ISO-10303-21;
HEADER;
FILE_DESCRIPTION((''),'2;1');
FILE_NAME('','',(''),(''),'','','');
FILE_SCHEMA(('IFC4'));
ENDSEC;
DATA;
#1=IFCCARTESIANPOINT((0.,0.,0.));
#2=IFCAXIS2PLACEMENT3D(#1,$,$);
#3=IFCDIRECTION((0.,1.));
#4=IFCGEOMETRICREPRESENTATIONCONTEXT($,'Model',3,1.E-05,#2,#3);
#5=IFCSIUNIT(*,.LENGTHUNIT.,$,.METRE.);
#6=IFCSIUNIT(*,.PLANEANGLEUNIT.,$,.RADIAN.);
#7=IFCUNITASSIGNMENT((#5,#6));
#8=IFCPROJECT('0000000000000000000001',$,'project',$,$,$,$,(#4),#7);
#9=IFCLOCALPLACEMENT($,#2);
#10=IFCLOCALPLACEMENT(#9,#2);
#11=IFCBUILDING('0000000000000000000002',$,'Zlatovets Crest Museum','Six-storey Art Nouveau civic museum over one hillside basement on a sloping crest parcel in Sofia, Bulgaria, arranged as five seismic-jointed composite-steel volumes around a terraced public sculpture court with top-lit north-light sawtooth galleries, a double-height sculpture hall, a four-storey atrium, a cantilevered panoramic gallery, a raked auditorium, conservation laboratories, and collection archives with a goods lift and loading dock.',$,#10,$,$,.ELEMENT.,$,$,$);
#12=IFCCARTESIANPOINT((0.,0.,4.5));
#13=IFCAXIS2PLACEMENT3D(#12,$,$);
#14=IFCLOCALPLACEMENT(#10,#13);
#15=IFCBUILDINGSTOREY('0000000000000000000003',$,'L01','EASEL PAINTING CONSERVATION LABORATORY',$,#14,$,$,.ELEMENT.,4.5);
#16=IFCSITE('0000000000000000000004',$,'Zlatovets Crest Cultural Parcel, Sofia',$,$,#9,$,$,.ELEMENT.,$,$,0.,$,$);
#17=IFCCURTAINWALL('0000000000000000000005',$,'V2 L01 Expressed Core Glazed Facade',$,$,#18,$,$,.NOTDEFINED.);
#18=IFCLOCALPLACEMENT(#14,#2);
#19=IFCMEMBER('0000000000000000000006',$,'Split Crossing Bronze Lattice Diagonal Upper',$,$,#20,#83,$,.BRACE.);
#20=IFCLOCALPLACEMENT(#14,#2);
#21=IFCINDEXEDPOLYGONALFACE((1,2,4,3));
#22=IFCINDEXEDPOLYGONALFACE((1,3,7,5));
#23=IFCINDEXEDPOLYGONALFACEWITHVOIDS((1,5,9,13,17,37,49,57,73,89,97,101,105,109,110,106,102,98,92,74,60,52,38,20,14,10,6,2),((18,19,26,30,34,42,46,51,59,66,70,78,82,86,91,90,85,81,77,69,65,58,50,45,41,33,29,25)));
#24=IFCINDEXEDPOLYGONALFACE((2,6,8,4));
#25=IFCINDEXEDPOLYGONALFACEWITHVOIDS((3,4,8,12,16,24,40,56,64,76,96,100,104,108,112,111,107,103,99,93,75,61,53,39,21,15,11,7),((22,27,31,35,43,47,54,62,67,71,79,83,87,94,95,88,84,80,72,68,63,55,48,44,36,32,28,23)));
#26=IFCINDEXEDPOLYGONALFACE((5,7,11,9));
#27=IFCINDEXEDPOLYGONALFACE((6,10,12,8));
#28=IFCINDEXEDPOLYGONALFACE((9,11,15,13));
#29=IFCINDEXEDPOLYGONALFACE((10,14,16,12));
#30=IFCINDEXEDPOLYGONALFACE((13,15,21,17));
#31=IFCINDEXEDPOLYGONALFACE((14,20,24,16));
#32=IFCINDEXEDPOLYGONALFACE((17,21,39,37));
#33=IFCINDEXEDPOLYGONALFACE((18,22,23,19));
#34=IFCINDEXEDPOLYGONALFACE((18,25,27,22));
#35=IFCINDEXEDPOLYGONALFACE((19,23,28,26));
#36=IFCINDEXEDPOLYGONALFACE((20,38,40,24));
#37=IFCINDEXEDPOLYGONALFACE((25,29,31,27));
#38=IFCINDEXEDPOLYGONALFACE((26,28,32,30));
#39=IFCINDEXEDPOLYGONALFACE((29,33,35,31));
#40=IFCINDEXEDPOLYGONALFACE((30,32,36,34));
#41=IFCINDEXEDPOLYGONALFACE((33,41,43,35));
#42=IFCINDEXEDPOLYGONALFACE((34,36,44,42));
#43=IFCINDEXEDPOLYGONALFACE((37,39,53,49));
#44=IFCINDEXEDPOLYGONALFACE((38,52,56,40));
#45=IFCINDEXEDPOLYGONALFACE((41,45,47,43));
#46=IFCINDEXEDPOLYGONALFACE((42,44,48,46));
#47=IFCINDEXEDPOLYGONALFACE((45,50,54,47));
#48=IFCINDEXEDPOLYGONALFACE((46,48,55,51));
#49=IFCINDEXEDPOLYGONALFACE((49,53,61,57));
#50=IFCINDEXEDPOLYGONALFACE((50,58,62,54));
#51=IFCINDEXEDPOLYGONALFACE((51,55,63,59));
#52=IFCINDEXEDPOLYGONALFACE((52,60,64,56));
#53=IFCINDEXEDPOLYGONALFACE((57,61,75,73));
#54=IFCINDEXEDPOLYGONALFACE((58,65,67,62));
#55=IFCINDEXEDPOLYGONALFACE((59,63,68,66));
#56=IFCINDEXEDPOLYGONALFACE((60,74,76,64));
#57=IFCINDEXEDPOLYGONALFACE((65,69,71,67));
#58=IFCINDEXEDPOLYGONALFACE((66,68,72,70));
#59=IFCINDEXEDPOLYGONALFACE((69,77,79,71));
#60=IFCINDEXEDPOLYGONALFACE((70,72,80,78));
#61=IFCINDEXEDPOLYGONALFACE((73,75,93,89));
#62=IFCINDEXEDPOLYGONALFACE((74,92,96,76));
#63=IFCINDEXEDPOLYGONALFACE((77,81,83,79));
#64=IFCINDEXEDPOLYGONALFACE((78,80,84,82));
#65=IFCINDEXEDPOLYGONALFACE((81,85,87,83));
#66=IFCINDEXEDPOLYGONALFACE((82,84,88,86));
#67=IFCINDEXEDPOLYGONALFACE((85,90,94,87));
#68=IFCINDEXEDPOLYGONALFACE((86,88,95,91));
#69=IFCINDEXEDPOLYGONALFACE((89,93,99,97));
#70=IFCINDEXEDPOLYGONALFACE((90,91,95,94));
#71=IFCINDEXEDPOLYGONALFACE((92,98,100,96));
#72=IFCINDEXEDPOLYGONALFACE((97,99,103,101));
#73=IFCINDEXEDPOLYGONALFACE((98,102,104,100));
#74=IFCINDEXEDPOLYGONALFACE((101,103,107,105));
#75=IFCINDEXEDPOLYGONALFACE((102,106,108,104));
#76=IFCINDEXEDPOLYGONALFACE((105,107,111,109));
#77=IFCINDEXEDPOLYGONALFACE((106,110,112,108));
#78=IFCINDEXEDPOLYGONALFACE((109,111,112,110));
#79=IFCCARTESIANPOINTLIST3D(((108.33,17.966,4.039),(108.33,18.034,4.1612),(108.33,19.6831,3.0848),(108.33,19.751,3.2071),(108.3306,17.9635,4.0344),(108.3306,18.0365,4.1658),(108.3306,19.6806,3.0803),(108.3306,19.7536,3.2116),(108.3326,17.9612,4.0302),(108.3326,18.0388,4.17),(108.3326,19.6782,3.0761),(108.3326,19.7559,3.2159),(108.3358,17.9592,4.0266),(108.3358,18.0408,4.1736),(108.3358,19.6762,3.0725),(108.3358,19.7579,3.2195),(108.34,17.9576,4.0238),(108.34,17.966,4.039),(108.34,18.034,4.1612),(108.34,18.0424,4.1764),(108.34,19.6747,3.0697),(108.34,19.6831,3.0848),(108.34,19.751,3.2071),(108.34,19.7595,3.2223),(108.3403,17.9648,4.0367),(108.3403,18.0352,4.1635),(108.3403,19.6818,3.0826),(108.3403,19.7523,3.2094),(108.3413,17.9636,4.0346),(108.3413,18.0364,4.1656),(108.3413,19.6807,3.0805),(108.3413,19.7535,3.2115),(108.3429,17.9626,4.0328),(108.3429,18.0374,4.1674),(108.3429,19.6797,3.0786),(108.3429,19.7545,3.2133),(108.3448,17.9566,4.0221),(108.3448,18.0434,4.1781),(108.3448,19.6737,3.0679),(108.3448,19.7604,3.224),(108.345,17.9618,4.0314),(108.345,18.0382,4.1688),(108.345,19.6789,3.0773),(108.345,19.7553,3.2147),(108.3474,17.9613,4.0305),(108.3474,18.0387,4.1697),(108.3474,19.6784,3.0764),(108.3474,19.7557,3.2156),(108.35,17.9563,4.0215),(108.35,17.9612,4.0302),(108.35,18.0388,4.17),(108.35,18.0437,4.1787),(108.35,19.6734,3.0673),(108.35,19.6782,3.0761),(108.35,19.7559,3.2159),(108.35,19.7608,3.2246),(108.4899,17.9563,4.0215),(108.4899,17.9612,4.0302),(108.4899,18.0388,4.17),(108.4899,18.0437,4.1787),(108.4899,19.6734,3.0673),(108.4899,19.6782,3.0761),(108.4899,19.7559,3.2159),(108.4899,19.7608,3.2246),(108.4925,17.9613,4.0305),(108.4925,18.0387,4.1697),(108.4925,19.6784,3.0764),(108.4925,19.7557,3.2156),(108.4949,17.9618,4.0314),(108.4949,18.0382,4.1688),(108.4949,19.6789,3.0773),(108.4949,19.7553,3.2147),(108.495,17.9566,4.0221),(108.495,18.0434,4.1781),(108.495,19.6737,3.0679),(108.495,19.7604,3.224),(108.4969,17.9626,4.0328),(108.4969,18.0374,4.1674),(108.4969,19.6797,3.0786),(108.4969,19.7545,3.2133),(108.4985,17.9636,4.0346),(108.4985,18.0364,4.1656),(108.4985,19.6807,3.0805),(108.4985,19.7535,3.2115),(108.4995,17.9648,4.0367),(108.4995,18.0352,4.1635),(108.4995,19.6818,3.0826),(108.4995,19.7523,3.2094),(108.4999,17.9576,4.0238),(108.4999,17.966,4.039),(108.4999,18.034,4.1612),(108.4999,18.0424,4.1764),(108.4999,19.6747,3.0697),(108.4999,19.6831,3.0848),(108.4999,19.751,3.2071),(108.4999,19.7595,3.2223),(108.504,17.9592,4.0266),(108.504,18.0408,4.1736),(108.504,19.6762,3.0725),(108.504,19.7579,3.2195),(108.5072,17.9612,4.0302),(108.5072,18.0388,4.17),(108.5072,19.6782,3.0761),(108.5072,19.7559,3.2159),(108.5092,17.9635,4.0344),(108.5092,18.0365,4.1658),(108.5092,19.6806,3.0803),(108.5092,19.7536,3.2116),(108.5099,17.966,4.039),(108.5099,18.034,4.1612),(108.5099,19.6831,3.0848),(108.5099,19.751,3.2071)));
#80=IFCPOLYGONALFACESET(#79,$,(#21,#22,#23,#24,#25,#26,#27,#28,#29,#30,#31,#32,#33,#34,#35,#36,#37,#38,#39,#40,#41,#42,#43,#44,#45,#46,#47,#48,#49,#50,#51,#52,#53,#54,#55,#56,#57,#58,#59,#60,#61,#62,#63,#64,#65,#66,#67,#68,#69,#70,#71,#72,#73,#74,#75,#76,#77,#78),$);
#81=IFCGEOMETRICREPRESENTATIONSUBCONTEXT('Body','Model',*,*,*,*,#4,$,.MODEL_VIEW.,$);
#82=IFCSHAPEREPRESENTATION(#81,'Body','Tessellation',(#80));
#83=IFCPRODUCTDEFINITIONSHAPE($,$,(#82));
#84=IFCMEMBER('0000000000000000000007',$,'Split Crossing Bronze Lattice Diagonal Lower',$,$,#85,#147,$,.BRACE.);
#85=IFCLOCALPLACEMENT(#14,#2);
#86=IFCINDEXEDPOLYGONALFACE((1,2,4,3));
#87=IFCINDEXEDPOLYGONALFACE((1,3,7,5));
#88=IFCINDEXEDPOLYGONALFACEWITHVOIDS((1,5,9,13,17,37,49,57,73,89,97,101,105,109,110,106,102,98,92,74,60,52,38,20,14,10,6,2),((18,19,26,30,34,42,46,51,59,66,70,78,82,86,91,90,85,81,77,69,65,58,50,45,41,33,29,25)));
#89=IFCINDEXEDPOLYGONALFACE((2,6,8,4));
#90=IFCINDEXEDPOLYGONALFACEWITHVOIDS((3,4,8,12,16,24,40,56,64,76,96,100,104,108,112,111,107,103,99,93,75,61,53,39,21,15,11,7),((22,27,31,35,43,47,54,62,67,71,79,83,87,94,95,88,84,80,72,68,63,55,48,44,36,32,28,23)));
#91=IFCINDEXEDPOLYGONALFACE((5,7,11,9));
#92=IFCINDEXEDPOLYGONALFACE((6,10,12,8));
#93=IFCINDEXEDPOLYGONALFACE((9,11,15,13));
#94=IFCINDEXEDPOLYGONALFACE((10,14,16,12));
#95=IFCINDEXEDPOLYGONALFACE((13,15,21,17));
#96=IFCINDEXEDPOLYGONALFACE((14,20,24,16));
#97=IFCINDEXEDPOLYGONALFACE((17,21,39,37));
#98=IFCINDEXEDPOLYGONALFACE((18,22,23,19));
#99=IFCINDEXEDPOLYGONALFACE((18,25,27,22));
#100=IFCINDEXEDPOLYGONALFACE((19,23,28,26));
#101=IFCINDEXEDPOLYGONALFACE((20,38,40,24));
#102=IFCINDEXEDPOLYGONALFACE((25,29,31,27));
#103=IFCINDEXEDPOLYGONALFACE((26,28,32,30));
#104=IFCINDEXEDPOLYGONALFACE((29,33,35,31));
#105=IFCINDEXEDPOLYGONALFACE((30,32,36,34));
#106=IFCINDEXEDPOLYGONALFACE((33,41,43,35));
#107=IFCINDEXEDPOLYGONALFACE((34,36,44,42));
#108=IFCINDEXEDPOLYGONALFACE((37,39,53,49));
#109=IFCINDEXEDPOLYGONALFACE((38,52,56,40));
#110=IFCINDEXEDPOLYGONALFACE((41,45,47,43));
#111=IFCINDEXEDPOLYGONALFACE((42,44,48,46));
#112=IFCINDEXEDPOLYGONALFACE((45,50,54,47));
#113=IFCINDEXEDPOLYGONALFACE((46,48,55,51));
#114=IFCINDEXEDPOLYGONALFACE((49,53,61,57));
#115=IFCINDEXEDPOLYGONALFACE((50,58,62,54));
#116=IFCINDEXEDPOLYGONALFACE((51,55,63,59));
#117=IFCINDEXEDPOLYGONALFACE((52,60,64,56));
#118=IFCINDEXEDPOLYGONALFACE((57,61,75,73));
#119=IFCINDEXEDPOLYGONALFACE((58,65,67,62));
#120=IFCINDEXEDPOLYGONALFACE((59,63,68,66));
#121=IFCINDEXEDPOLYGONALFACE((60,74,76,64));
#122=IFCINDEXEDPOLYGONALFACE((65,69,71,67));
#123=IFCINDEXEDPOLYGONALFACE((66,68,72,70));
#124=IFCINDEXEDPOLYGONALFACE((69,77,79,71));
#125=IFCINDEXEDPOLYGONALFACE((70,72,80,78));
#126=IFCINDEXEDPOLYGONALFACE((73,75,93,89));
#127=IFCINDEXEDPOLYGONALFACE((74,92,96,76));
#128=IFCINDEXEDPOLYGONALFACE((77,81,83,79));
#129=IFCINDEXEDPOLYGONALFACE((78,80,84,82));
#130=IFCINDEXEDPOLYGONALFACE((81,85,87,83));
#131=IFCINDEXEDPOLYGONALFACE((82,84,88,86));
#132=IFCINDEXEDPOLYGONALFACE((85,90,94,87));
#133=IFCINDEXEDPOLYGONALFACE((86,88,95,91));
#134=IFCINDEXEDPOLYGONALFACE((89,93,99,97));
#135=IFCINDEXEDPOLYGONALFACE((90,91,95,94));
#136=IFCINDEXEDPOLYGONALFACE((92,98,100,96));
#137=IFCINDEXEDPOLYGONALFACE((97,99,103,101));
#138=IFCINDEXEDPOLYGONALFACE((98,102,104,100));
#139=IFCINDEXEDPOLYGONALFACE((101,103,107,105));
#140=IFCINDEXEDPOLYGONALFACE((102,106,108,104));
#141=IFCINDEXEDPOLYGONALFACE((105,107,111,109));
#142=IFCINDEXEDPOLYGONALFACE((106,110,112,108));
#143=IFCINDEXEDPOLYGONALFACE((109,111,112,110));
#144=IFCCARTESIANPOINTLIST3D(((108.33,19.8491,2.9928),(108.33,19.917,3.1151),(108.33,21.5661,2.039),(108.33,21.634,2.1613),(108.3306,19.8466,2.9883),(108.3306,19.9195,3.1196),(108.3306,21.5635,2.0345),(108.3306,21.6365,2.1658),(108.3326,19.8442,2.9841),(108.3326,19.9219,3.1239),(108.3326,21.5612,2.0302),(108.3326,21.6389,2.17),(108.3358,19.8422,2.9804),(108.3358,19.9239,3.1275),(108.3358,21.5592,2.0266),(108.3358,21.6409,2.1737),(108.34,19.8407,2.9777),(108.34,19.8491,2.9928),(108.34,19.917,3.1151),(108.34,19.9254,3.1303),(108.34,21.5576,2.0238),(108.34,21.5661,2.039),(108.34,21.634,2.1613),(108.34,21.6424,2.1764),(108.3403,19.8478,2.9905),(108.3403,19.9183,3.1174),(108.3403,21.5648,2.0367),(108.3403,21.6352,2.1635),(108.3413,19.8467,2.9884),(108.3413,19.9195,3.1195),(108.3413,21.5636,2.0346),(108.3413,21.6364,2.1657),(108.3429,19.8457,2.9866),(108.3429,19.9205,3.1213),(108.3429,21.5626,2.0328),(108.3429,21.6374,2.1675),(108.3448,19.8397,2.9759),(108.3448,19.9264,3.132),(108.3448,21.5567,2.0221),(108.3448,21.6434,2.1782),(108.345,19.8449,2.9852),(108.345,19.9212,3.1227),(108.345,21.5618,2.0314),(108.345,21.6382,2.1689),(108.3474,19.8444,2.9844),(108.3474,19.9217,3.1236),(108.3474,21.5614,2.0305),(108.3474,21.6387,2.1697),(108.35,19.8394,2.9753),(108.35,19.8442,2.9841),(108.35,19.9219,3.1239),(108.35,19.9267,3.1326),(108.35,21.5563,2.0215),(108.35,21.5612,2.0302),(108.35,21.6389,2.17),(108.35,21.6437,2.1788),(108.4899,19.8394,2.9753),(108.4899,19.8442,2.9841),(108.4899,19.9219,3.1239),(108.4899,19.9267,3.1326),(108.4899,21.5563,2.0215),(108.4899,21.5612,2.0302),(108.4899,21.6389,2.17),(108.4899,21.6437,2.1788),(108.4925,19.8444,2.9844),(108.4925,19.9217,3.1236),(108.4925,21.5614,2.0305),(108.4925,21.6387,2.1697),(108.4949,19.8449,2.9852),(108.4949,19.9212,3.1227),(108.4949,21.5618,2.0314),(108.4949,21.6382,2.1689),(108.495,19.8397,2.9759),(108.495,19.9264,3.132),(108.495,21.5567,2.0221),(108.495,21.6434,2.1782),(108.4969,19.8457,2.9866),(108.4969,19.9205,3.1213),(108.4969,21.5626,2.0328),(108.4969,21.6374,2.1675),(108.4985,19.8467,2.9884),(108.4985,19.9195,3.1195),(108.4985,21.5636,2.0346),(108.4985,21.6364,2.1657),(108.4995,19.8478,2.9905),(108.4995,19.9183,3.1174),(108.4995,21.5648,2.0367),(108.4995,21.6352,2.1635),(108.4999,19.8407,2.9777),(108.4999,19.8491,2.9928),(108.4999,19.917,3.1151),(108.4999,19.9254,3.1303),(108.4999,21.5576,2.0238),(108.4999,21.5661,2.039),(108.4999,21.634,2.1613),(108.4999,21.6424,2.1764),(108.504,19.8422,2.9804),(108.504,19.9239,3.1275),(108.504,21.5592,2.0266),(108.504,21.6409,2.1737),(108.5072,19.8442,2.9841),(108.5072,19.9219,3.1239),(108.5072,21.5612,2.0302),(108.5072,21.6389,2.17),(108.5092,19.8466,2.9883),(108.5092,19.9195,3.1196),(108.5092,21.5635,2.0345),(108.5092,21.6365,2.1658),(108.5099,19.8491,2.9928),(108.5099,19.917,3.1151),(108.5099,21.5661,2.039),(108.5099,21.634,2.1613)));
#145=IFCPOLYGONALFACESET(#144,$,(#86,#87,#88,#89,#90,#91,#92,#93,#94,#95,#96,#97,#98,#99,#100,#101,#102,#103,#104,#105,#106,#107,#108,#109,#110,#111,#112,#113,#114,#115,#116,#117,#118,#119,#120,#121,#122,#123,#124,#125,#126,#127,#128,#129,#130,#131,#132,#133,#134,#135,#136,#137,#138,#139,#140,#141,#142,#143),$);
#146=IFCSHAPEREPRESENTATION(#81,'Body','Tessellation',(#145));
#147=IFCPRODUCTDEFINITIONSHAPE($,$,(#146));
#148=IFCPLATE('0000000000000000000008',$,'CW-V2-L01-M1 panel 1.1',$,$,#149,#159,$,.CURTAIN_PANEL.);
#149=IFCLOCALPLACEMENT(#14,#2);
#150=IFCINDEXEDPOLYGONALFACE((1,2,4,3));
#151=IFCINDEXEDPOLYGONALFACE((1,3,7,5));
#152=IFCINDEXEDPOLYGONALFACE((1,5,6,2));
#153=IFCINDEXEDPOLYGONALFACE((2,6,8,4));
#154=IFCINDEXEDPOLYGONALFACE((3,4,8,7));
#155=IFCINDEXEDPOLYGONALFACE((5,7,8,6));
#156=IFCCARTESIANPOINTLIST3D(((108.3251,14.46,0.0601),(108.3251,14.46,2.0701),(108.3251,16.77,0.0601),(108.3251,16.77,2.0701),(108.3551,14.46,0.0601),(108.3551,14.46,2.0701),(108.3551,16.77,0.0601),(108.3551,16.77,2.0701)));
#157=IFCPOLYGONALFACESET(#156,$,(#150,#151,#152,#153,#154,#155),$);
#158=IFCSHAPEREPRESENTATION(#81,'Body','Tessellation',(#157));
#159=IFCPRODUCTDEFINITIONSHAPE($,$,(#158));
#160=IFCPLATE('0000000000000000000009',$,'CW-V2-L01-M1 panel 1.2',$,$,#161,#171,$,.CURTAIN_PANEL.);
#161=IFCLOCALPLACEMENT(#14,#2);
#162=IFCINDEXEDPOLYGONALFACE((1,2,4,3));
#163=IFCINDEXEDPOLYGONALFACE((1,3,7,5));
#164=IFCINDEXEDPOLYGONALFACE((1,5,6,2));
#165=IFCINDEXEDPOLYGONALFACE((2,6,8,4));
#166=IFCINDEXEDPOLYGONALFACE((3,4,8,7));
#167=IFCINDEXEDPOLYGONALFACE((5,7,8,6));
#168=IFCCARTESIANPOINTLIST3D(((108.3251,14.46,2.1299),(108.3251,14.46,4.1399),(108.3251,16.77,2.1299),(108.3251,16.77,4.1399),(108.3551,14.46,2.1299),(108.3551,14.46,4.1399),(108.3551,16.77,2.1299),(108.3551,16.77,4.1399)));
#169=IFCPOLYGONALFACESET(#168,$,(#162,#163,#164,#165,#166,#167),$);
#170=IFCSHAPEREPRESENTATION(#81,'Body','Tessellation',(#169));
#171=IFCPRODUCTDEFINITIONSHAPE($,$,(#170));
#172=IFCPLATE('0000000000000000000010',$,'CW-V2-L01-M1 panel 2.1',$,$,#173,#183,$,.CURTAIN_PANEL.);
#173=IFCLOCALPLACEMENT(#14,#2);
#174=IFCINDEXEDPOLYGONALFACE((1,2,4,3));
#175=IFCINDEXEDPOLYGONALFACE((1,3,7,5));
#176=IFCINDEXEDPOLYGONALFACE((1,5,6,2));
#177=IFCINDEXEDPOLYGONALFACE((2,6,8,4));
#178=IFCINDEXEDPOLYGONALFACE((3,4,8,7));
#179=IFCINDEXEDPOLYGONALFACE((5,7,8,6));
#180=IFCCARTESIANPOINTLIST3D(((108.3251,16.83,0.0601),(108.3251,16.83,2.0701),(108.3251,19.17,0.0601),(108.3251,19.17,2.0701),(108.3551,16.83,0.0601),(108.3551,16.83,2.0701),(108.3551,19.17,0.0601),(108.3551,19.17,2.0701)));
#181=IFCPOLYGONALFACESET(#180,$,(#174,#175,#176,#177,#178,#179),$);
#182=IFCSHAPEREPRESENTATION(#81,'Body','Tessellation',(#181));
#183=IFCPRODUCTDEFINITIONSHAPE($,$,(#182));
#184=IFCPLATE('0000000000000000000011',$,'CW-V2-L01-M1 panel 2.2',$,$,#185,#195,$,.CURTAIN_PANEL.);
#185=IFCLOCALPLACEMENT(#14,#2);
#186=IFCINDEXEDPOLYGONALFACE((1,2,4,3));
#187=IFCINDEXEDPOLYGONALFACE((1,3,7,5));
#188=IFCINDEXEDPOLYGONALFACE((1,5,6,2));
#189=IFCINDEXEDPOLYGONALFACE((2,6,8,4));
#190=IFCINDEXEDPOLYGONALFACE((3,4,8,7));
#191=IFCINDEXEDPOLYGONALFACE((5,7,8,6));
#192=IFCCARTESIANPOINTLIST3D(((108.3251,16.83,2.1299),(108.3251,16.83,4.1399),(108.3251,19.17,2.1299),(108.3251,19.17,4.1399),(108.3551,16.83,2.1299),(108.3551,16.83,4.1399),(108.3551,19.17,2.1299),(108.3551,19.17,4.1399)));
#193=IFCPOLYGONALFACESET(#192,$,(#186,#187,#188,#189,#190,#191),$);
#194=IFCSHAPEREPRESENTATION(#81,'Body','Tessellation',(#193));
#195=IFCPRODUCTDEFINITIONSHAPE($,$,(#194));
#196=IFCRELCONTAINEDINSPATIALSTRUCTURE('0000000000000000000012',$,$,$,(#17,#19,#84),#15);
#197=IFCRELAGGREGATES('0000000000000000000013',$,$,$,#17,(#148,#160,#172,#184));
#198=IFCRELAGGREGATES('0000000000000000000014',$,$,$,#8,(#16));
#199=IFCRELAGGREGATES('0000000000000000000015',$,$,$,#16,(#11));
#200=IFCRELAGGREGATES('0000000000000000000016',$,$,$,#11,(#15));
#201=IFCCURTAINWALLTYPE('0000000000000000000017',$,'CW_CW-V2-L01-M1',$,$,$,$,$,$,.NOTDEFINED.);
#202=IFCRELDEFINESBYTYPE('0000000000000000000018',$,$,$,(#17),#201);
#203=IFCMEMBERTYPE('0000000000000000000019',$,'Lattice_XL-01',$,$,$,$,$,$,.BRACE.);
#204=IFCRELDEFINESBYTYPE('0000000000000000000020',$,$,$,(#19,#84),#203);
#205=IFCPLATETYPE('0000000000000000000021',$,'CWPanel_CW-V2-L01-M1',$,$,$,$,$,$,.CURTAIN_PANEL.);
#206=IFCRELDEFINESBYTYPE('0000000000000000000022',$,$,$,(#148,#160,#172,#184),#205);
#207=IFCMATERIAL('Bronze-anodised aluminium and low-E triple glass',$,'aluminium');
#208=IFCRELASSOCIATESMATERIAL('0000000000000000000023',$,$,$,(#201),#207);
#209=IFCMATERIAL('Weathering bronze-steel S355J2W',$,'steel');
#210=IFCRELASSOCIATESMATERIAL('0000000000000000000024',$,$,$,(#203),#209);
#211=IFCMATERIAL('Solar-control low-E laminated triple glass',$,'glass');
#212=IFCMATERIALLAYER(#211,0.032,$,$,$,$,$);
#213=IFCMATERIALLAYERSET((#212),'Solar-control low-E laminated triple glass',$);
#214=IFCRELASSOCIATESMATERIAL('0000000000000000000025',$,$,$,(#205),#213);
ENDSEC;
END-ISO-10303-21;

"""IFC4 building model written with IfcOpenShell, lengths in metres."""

from ifc_helpers import new_model, si_unit, direction, frame, origin, origin_2d, place, context, subcontext, project, spatial, rectangle, hollow_rectangle, extrude, material, layer, layer_set, material_profile, profile_set, type_object, element, aggregate, save


model = new_model("IFC4")

# Units and contexts
model_context = context("Model", 3, precision=1e-05, world=origin(), true_north=direction((0.0, 1.0)))
body_context = subcontext(model_context, "Body", "Model", "MODEL_VIEW")
ifc_project = project(units=[si_unit("LENGTHUNIT", "METRE"), si_unit("PLANEANGLEUNIT", "RADIAN")], contexts=[model_context])

# Site, building, storey
site_placement = place(None, origin())
site = spatial("IfcSite", under=ifc_project, at=site_placement, Name="Zlatovets Crest Cultural Parcel, Sofia", CompositionType="ELEMENT", RefElevation=0.0)
building_placement = place(site_placement, origin())
building = spatial("IfcBuilding", under=site, at=building_placement, Name="Zlatovets Crest Museum", Description="Six-storey Art Nouveau civic museum over one hillside basement on a sloping crest parcel in Sofia, Bulgaria, arranged as five seismic-jointed composite-steel volumes around a terraced public sculpture court with top-lit north-light sawtooth galleries, a double-height sculpture hall, a four-storey atrium, a cantilevered panoramic gallery, a raked auditorium, conservation laboratories, and collection archives with a goods lift and loading dock.", CompositionType="ELEMENT")
storey_placement = place(building_placement, frame((0.0, 0.0, 4.5)))
storey = spatial("IfcBuildingStorey", under=building, at=storey_placement, Name="L01", Description="EASEL PAINTING CONSERVATION LABORATORY", CompositionType="ELEMENT", Elevation=4.5)

# Curtain wall
ifc_material_1 = material(Name="Bronze-anodised aluminium and low-E triple glass", Category="aluminium")
curtain_wall_type = type_object("IfcCurtainWallType", Name="CW_CW-V2-L01-M1", PredefinedType="NOTDEFINED", material=ifc_material_1)
curtain_wall_placement = place(storey_placement, origin())
curtain_wall = element("IfcCurtainWall", 1, at=curtain_wall_placement, inside=storey, type_object=curtain_wall_type, Name="V2 L01 Expressed Core Glazed Facade", PredefinedType="NOTDEFINED")

# Members
ifc_material_2 = material(Name="Weathering bronze-steel S355J2W", Category="steel")
ifc_material_profile_1 = material_profile(ifc_material_2, hollow_rectangle(XDim=0.1799, YDim=0.1799, WallThickness=0.01, InnerFilletRadius=0.01, OuterFilletRadius=0.02, at=origin_2d()), Name="SHS 180x180x10.0")
ifc_profile_set_1 = profile_set([ifc_material_profile_1], Name="Weathering bronze-steel S355J2W")
member_type_1 = type_object("IfcMemberType", Name="Lattice_XL-01", PredefinedType="BRACE", material=ifc_profile_set_1)
member_1_placement = place(storey_placement, frame((108.4199, 18.0, 4.1001), z_axis=(0.0, 0.874116, -0.485717), x_axis=(-1.0, 0.0, 0.0)))
element("IfcMember", 2, at=member_1_placement, inside=storey, type_object=member_type_1, Name="Split Crossing Bronze Lattice Diagonal Upper", PredefinedType="BRACE", context=body_context, shape_type="SweptSolid", body=[
    extrude(hollow_rectangle(XDim=0.1799, YDim=0.1799, WallThickness=0.01, InnerFilletRadius=0.01, OuterFilletRadius=0.02, at=origin_2d()), origin(), (0.0, 0.0, 1.0), 1.9644),
])
member_2_placement = place(storey_placement, frame((108.4199, 19.8831, 3.054), z_axis=(0.0, 0.874169, -0.485622), x_axis=(-1.0, 0.0, 0.0)))
element("IfcMember", 3, at=member_2_placement, inside=storey, type_object=member_type_1, Name="Split Crossing Bronze Lattice Diagonal Lower", PredefinedType="BRACE", context=body_context, shape_type="SweptSolid", body=[
    extrude(hollow_rectangle(XDim=0.1799, YDim=0.1799, WallThickness=0.01, InnerFilletRadius=0.01, OuterFilletRadius=0.02, at=origin_2d()), origin(), (0.0, 0.0, 1.0), 1.9641),
])

# Plates
ifc_material_3 = material(Name="Solar-control low-E laminated triple glass", Category="glass")
ifc_layer_1 = layer(ifc_material_3, 0.032)
ifc_layer_set_1 = layer_set([ifc_layer_1], Name="Solar-control low-E laminated triple glass")
plate_type_1 = type_object("IfcPlateType", Name="CWPanel_CW-V2-L01-M1", PredefinedType="CURTAIN_PANEL", material=ifc_layer_set_1)
plate_1_placement = place(storey_placement, frame((108.3401, 15.615, 0.0601), z_axis=(0.0, 0.0, 1.0), x_axis=(0.0, 1.0, 0.0)))
plate_1 = element("IfcPlate", 4, at=plate_1_placement, type_object=plate_type_1, Name="CW-V2-L01-M1 panel 1.1", PredefinedType="CURTAIN_PANEL", context=body_context, shape_type="SweptSolid", body=[
    extrude(rectangle(XDim=2.3101, YDim=0.03, at=origin_2d()), origin(), (0.0, 0.0, 1.0), 2.01),
])
plate_2_placement = place(storey_placement, frame((108.3401, 15.615, 2.1299), z_axis=(0.0, 0.0, 1.0), x_axis=(0.0, 1.0, 0.0)))
plate_2 = element("IfcPlate", 5, at=plate_2_placement, type_object=plate_type_1, Name="CW-V2-L01-M1 panel 1.2", PredefinedType="CURTAIN_PANEL", context=body_context, shape_type="SweptSolid", body=[
    extrude(rectangle(XDim=2.3101, YDim=0.03, at=origin_2d()), origin(), (0.0, 0.0, 1.0), 2.01),
])
plate_3_placement = place(storey_placement, frame((108.3401, 18.0, 0.0601), z_axis=(0.0, 0.0, 1.0), x_axis=(0.0, 1.0, 0.0)))
plate_3 = element("IfcPlate", 6, at=plate_3_placement, type_object=plate_type_1, Name="CW-V2-L01-M1 panel 2.1", PredefinedType="CURTAIN_PANEL", context=body_context, shape_type="SweptSolid", body=[
    extrude(rectangle(XDim=2.3401, YDim=0.03, at=origin_2d()), origin(), (0.0, 0.0, 1.0), 2.01),
])
plate_4_placement = place(storey_placement, frame((108.3401, 18.0, 2.1299), z_axis=(0.0, 0.0, 1.0), x_axis=(0.0, 1.0, 0.0)))
plate_4 = element("IfcPlate", 7, at=plate_4_placement, type_object=plate_type_1, Name="CW-V2-L01-M1 panel 2.2", PredefinedType="CURTAIN_PANEL", context=body_context, shape_type="SweptSolid", body=[
    extrude(rectangle(XDim=2.3401, YDim=0.03, at=origin_2d()), origin(), (0.0, 0.0, 1.0), 2.01),
])
aggregate(curtain_wall, [plate_1, plate_2, plate_3, plate_4])

save(model, "model.ifc")
